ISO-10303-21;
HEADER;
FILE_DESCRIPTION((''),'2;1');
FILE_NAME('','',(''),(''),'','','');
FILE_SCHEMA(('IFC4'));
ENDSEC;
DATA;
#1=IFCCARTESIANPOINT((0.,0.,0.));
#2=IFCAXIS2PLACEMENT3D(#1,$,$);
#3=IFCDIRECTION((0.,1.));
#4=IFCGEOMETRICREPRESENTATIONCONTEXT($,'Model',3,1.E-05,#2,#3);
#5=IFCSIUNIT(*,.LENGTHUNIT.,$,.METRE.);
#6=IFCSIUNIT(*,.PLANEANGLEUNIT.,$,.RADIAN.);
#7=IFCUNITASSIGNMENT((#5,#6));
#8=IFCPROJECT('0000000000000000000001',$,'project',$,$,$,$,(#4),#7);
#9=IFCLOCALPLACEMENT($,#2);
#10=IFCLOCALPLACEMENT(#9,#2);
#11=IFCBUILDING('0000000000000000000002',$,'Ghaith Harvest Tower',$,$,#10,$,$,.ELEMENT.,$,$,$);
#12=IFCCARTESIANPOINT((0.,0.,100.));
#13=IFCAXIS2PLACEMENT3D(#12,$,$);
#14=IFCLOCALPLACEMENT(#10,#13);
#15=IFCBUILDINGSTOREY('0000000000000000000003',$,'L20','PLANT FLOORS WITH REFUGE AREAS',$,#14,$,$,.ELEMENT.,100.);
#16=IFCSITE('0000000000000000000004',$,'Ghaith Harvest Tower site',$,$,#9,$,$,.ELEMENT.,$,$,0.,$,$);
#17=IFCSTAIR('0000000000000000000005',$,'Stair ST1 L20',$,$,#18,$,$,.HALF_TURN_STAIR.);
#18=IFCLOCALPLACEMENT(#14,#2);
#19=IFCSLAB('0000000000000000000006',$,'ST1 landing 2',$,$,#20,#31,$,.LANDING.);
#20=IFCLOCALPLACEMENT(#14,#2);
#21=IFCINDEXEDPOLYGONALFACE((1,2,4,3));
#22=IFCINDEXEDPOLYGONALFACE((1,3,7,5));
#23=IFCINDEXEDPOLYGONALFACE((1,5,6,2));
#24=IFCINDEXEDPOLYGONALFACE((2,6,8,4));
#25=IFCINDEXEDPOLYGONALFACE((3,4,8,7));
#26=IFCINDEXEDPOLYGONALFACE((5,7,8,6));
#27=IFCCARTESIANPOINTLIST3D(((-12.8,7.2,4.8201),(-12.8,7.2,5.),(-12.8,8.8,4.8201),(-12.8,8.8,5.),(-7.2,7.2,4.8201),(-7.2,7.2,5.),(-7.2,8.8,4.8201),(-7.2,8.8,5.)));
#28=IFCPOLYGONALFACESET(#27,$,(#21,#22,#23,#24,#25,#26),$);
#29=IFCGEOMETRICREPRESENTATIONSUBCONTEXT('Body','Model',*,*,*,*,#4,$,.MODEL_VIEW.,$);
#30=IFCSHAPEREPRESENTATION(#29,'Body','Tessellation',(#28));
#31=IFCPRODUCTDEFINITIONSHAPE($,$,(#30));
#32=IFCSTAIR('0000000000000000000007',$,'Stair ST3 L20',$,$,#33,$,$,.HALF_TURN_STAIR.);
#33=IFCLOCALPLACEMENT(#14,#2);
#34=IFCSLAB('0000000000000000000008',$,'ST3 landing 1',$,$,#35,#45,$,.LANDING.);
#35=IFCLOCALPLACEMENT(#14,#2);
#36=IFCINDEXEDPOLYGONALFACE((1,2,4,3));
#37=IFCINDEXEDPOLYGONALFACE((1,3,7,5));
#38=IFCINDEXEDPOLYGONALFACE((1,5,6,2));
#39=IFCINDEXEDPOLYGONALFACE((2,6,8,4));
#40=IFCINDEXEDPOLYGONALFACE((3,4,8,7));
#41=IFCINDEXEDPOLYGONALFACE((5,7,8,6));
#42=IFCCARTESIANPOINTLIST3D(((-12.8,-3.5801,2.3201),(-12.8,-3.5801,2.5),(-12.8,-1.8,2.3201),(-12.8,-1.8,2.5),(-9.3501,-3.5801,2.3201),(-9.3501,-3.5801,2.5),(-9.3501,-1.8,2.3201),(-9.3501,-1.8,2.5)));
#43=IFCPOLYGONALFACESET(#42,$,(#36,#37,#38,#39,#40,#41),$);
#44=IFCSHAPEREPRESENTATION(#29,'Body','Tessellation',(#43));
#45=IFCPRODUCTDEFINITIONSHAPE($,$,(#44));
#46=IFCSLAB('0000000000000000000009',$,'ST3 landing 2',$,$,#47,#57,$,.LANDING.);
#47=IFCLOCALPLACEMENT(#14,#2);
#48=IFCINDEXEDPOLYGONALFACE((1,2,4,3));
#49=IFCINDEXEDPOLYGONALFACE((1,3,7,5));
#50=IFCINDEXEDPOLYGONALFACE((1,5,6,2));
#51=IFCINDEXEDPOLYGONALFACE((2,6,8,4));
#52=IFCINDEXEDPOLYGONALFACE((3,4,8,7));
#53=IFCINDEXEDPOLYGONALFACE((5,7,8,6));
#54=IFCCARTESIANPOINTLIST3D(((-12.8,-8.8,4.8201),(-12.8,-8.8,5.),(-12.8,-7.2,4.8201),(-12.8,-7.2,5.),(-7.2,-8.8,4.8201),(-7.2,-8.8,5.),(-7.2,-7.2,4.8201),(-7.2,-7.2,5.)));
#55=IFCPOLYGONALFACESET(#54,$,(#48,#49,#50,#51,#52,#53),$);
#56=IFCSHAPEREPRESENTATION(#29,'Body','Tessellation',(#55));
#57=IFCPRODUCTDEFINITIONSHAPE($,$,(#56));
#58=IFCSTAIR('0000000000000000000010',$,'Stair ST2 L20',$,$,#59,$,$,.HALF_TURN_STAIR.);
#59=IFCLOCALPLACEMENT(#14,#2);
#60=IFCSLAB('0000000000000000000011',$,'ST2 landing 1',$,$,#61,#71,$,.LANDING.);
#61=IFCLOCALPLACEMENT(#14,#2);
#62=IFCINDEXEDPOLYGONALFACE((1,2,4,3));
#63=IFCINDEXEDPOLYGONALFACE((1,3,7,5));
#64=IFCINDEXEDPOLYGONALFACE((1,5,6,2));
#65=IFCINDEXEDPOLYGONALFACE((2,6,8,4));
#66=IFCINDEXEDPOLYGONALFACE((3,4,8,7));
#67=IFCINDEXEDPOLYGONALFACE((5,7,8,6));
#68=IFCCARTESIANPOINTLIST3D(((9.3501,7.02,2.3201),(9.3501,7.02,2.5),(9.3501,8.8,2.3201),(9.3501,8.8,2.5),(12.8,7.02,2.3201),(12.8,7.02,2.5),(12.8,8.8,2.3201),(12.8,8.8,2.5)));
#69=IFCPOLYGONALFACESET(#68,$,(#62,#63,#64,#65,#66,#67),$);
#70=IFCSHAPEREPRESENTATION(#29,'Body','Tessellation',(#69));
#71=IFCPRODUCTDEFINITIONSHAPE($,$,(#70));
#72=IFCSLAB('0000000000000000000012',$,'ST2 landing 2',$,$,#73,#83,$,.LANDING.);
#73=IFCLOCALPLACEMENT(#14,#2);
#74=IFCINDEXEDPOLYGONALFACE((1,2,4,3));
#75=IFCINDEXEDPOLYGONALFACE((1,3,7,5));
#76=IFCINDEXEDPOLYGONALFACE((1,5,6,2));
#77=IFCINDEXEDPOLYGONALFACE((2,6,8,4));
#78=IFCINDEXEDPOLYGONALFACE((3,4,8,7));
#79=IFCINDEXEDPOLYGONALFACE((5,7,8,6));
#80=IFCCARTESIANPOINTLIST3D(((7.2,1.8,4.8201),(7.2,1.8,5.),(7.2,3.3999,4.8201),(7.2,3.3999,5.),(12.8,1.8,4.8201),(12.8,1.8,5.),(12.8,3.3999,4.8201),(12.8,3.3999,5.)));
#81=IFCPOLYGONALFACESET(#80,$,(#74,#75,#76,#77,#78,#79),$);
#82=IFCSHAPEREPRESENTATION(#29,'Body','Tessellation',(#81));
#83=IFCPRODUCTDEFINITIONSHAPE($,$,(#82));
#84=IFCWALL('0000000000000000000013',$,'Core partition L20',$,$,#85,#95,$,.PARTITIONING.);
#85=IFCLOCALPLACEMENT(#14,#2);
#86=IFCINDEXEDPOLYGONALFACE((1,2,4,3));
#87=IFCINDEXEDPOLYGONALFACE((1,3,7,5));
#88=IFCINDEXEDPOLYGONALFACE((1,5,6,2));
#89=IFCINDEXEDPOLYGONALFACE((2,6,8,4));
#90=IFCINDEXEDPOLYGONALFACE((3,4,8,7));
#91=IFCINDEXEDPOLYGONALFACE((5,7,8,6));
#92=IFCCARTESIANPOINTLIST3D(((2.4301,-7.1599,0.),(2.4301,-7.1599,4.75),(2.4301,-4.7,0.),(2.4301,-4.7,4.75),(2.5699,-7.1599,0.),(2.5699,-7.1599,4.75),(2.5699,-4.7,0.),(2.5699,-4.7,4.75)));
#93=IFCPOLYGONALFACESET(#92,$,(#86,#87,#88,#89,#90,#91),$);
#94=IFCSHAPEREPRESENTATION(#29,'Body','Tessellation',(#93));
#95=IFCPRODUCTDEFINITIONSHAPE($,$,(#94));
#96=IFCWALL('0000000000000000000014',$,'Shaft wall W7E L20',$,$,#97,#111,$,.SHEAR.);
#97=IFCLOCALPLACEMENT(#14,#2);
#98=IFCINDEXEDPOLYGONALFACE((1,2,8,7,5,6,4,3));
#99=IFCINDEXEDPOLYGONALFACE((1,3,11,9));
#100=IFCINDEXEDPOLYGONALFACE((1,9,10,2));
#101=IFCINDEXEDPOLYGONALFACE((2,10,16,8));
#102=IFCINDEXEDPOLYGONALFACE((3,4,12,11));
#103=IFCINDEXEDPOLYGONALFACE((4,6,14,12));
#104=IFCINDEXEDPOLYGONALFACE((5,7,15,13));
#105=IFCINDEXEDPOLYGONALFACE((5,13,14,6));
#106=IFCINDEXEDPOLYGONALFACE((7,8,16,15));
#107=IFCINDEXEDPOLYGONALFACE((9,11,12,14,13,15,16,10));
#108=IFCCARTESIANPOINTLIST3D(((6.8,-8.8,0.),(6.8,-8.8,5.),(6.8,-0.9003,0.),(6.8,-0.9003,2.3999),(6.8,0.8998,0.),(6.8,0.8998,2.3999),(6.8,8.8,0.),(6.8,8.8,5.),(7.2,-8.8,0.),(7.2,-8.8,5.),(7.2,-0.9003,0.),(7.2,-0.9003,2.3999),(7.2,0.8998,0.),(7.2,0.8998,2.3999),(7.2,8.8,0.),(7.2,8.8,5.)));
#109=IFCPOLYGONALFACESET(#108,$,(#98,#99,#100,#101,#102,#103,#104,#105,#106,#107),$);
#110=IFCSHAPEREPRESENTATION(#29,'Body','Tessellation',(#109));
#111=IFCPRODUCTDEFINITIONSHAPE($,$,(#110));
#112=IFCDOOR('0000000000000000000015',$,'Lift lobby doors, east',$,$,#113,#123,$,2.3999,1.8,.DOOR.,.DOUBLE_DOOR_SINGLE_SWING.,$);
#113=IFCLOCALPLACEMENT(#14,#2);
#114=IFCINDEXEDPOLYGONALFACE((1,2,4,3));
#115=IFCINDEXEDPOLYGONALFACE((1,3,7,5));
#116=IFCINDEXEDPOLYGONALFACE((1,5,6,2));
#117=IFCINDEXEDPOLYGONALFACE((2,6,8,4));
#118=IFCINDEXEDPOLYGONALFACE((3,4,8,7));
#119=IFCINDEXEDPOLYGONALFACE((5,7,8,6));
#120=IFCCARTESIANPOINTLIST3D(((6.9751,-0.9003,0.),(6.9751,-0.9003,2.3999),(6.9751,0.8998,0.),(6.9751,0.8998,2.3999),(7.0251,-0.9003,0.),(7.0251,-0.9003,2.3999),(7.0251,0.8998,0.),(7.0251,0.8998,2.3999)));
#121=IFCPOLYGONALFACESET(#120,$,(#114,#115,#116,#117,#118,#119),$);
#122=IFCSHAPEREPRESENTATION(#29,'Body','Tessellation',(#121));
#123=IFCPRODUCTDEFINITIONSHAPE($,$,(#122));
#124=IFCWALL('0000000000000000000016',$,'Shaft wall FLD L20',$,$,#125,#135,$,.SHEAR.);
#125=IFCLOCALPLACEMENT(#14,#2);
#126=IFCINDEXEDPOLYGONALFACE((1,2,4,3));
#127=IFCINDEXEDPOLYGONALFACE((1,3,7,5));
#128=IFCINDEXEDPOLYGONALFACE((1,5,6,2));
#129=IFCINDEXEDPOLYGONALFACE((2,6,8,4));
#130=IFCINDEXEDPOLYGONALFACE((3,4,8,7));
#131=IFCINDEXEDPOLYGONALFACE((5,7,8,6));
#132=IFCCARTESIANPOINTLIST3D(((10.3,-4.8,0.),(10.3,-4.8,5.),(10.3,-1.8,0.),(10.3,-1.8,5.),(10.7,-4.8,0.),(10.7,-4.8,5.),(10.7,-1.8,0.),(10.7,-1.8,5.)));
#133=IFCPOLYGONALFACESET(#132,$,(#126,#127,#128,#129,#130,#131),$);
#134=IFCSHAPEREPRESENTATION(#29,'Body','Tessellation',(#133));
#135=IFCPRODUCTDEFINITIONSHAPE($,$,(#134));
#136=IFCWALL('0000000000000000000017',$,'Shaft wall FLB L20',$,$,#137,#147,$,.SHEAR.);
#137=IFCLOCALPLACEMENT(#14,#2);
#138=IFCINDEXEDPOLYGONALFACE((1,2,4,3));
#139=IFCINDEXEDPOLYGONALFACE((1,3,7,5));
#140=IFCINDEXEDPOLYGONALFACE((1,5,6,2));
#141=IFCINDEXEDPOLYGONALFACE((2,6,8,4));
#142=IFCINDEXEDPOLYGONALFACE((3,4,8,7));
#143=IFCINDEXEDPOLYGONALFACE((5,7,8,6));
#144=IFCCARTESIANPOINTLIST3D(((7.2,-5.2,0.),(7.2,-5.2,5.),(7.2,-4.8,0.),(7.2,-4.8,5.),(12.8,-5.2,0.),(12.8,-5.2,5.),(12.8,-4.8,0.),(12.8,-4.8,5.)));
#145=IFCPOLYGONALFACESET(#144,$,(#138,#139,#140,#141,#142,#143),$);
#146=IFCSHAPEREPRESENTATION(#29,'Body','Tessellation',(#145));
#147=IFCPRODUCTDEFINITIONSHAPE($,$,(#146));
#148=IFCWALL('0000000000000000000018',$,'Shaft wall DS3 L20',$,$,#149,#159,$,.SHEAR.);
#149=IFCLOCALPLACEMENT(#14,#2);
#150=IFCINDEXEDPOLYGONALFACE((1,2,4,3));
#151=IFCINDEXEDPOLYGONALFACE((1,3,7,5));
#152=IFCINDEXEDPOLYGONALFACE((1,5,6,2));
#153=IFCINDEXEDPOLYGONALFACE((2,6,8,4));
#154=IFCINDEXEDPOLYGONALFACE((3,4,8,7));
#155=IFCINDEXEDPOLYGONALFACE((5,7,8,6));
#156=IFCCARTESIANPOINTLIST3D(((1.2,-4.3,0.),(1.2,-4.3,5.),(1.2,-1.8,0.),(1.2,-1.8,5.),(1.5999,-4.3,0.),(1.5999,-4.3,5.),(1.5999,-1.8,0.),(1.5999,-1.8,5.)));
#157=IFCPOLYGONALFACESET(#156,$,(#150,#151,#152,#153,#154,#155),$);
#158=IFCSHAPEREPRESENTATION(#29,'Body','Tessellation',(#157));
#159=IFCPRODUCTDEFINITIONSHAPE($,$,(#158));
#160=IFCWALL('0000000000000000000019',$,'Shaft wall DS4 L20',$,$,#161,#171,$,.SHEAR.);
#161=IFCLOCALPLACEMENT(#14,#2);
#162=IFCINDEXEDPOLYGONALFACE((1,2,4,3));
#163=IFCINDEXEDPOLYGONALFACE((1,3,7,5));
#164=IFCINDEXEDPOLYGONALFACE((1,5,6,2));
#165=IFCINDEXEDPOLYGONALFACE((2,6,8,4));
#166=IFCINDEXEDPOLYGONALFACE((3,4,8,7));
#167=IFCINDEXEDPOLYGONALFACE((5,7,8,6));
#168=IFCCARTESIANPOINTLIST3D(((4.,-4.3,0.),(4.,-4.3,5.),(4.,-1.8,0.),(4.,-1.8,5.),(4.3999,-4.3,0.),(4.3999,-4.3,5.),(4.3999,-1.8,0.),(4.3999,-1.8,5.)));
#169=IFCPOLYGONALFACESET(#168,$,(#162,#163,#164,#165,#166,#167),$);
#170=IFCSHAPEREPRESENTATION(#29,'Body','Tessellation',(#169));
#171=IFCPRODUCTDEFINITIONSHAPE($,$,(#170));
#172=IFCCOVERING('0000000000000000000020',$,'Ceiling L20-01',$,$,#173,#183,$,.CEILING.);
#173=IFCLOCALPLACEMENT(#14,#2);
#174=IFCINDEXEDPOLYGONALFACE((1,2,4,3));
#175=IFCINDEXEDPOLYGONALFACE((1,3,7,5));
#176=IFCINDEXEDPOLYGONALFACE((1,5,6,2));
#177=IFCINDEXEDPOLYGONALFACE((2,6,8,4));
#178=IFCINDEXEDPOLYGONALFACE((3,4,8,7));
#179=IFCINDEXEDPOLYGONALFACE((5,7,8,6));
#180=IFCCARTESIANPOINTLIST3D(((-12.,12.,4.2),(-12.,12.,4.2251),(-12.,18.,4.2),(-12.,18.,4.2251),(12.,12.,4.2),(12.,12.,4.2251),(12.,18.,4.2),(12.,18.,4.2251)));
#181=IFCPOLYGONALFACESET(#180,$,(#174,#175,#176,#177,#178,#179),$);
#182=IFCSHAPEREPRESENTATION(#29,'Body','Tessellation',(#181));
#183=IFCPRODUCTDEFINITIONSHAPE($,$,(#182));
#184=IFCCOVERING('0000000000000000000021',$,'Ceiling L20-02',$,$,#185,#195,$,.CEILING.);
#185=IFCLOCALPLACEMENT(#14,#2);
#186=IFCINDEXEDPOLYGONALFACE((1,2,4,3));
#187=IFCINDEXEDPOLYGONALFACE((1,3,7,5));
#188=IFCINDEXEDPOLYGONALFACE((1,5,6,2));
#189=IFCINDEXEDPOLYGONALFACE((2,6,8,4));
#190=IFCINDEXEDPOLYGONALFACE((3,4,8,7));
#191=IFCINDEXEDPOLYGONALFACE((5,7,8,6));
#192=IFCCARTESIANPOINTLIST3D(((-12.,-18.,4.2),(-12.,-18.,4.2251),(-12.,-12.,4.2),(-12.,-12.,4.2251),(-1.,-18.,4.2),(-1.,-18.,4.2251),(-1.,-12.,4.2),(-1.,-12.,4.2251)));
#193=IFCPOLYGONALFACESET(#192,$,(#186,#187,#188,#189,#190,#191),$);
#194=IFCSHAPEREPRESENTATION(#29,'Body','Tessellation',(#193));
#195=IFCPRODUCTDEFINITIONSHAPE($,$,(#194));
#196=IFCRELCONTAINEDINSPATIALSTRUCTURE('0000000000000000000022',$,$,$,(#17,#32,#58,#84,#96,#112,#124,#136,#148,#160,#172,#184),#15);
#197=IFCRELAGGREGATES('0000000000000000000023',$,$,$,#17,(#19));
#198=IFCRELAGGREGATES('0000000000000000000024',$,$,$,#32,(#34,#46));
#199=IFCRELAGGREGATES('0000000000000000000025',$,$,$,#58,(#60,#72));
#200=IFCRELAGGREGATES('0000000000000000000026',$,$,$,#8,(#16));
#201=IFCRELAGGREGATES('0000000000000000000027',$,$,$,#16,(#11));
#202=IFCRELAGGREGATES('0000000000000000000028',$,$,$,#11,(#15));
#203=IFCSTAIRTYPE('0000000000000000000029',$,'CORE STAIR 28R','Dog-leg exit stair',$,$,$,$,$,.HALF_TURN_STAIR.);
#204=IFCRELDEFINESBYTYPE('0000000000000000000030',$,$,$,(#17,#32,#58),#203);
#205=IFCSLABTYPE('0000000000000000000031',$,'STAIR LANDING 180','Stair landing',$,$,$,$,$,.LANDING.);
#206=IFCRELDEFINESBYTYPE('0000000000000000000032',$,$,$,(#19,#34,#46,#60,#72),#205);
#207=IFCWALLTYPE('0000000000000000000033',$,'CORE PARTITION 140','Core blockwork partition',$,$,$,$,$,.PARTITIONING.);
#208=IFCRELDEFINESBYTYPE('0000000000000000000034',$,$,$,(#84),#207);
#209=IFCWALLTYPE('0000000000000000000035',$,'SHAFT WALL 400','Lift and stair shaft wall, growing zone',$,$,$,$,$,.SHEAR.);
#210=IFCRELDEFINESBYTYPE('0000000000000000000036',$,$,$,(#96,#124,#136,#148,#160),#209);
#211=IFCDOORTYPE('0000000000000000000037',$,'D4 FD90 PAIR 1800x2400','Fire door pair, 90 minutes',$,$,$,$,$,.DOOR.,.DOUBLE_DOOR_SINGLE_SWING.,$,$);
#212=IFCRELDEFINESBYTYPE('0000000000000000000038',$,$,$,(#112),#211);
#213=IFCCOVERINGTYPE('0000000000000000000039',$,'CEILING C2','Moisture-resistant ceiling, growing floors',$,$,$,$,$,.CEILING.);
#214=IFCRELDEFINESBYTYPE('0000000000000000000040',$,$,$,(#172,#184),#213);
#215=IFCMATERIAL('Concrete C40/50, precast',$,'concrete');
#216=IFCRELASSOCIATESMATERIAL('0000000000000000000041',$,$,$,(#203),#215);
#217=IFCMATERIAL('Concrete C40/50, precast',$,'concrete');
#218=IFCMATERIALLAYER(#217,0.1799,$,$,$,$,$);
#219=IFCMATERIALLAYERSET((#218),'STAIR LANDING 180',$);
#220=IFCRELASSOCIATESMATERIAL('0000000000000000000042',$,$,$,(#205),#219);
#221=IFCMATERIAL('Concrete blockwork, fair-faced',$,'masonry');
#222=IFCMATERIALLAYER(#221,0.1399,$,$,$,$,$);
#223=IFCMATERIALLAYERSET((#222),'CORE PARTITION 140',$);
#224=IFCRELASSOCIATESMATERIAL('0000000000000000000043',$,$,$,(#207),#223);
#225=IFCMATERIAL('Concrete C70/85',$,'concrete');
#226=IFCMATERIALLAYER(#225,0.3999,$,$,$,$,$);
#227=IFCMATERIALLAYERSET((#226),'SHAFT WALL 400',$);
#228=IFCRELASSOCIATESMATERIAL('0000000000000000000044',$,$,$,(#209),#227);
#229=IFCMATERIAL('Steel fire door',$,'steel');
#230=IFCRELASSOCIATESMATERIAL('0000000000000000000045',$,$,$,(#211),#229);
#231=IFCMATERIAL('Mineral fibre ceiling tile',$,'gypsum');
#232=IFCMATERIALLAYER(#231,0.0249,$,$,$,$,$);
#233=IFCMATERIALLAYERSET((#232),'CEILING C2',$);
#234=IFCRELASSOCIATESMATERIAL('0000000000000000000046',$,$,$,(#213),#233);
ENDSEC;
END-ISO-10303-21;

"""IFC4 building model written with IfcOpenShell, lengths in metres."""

from ifc_helpers import new_model, si_unit, direction, frame, frame_2d, origin, place, context, subcontext, project, spatial, polyline, rectangle, outline, extrude, material, layer, layer_set, type_object, element, fill, aggregate, save


model = new_model("IFC4")

# Units and contexts
model_context = context("Model", 3, precision=1e-05, world=origin(), true_north=direction((0.0, 1.0)))
body_context = subcontext(model_context, "Body", "Model", "MODEL_VIEW")
ifc_project = project(units=[si_unit("LENGTHUNIT", "METRE"), si_unit("PLANEANGLEUNIT", "RADIAN")], contexts=[model_context])

# Site, building, storey
site_placement = place(None, origin())
site = spatial("IfcSite", under=ifc_project, at=site_placement, Name="Ghaith Harvest Tower site", CompositionType="ELEMENT", RefElevation=0.0)
building_placement = place(site_placement, origin())
building = spatial("IfcBuilding", under=site, at=building_placement, Name="Ghaith Harvest Tower", CompositionType="ELEMENT")
storey_placement = place(building_placement, frame((0.0, 0.0, 100.0)))
storey = spatial("IfcBuildingStorey", under=building, at=storey_placement, Name="L20", Description="PLANT FLOORS WITH REFUGE AREAS", CompositionType="ELEMENT", Elevation=100.0)

# Stairs, slabs
ifc_material_1 = material(Name="Concrete C40/50, precast", Category="concrete")
stair_type = type_object("IfcStairType", Name="CORE STAIR 28R", Description="Dog-leg exit stair", PredefinedType="HALF_TURN_STAIR", material=ifc_material_1)
stair_1_placement = place(storey_placement, origin())
stair_1 = element("IfcStair", 1, at=stair_1_placement, inside=storey, type_object=stair_type, Name="Stair ST1 L20", PredefinedType="HALF_TURN_STAIR")
ifc_material_2 = material(Name="Concrete C40/50, precast", Category="concrete")
ifc_layer_1 = layer(ifc_material_2, 0.1799)
ifc_layer_set_1 = layer_set([ifc_layer_1], Name="STAIR LANDING 180")
slab_type_1 = type_object("IfcSlabType", Name="STAIR LANDING 180", Description="Stair landing", PredefinedType="LANDING", material=ifc_layer_set_1)
slab_1_placement = place(storey_placement, frame((0.0, 0.0, 4.8201)))
slab_1 = element("IfcSlab", 2, at=slab_1_placement, type_object=slab_type_1, Name="ST1 landing 2", PredefinedType="LANDING", context=body_context, shape_type="SweptSolid", body=[
    extrude(outline(polyline([(-12.8, 8.8), (-12.8, 7.2), (-7.2, 7.2), (-7.2, 8.8), (-12.8, 8.8)])), origin(), (0.0, 0.0, 1.0), 0.1799),
])
aggregate(stair_1, [slab_1])
stair_2_placement = place(storey_placement, origin())
stair_2 = element("IfcStair", 3, at=stair_2_placement, inside=storey, type_object=stair_type, Name="Stair ST3 L20", PredefinedType="HALF_TURN_STAIR")
slab_2_placement = place(storey_placement, frame((0.0, 0.0, 2.3201)))
slab_2 = element("IfcSlab", 4, at=slab_2_placement, type_object=slab_type_1, Name="ST3 landing 1", PredefinedType="LANDING", context=body_context, shape_type="SweptSolid", body=[
    extrude(outline(polyline([(-12.8, -3.5801), (-12.8, -1.8), (-9.3501, -1.8), (-9.3501, -3.5801), (-12.8, -3.5801)])), origin(), (0.0, 0.0, 1.0), 0.1799),
])
slab_3_placement = place(storey_placement, frame((0.0, 0.0, 4.8201)))
slab_3 = element("IfcSlab", 5, at=slab_3_placement, type_object=slab_type_1, Name="ST3 landing 2", PredefinedType="LANDING", context=body_context, shape_type="SweptSolid", body=[
    extrude(outline(polyline([(-12.8, -8.8), (-12.8, -7.2), (-7.2, -7.2), (-7.2, -8.8), (-12.8, -8.8)])), origin(), (0.0, 0.0, 1.0), 0.1799),
])
aggregate(stair_2, [slab_2, slab_3])
stair_3_placement = place(storey_placement, origin())
stair_3 = element("IfcStair", 6, at=stair_3_placement, inside=storey, type_object=stair_type, Name="Stair ST2 L20", PredefinedType="HALF_TURN_STAIR")
slab_4_placement = place(storey_placement, frame((0.0, 0.0, 2.3201)))
slab_4 = element("IfcSlab", 7, at=slab_4_placement, type_object=slab_type_1, Name="ST2 landing 1", PredefinedType="LANDING", context=body_context, shape_type="SweptSolid", body=[
    extrude(outline(polyline([(12.8, 7.02), (12.8, 8.8), (9.3501, 8.8), (9.3501, 7.02), (12.8, 7.02)])), origin(), (0.0, 0.0, 1.0), 0.1799),
])
slab_5_placement = place(storey_placement, frame((0.0, 0.0, 4.8201)))
slab_5 = element("IfcSlab", 8, at=slab_5_placement, type_object=slab_type_1, Name="ST2 landing 2", PredefinedType="LANDING", context=body_context, shape_type="SweptSolid", body=[
    extrude(outline(polyline([(12.8, 1.8), (12.8, 3.3999), (7.2, 3.3999), (7.2, 1.8), (12.8, 1.8)])), origin(), (0.0, 0.0, 1.0), 0.1799),
])
aggregate(stair_3, [slab_4, slab_5])

# Wall
ifc_material_3 = material(Name="Concrete blockwork, fair-faced", Category="masonry")
ifc_layer_2 = layer(ifc_material_3, 0.1399)
ifc_layer_set_2 = layer_set([ifc_layer_2], Name="CORE PARTITION 140")
wall_type_1 = type_object("IfcWallType", Name="CORE PARTITION 140", Description="Core blockwork partition", PredefinedType="PARTITIONING", material=ifc_layer_set_2)
wall_1_placement = place(storey_placement, frame((2.5, -4.7, 0.0), z_axis=(0.0, 0.0, 1.0), x_axis=(0.0, -1.0, 0.0)))
element("IfcWall", 9, at=wall_1_placement, inside=storey, type_object=wall_type_1, Name="Core partition L20", PredefinedType="PARTITIONING", context=body_context, shape_type="SweptSolid", body=[
    extrude(rectangle(XDim=2.46, YDim=0.1399, at=frame_2d((1.23, 0.0))), origin(), (0.0, 0.0, 1.0), 4.75),
])

# Wall, opening, door
ifc_material_4 = material(Name="Concrete C70/85", Category="concrete")
ifc_layer_3 = layer(ifc_material_4, 0.3999)
ifc_layer_set_3 = layer_set([ifc_layer_3], Name="SHAFT WALL 400")
wall_type_2 = type_object("IfcWallType", Name="SHAFT WALL 400", Description="Lift and stair shaft wall, growing zone", PredefinedType="SHEAR", material=ifc_layer_set_3)
wall_2_placement = place(storey_placement, frame((7.0, -8.8, 0.0), z_axis=(0.0, 0.0, 1.0), x_axis=(0.0, 1.0, 0.0)))
wall_2 = element("IfcWall", 10, at=wall_2_placement, inside=storey, type_object=wall_type_2, Name="Shaft wall W7E L20", PredefinedType="SHEAR", context=body_context, shape_type="SweptSolid", body=[
    extrude(rectangle(XDim=17.6001, YDim=0.3999, at=frame_2d((8.8, 0.0))), origin(), (0.0, 0.0, 1.0), 5.0),
])
opening_1_placement = place(wall_2_placement, frame((7.8999, 0.0, 0.0)))
opening_1 = element("IfcOpeningElement", 11, at=opening_1_placement, cuts=wall_2, PredefinedType="OPENING", context=body_context, shape_type="SweptSolid", body=[
    extrude(rectangle(XDim=1.8, YDim=2.3999, at=frame_2d((0.8999, 1.2))), frame((0.0, 0.21, 0.0), z_axis=(0.0, -1.0, 0.0), x_axis=(1.0, 0.0, 0.0)), (0.0, 0.0, 1.0), 0.4199),
])
ifc_material_5 = material(Name="Steel fire door", Category="steel")
door_type_1 = type_object("IfcDoorType", Name="D4 FD90 PAIR 1800x2400", Description="Fire door pair, 90 minutes", OperationType="DOUBLE_DOOR_SINGLE_SWING", PredefinedType="DOOR", material=ifc_material_5)
door_1_placement = place(opening_1_placement, origin())
door_1 = element("IfcDoor", 12, at=door_1_placement, inside=storey, type_object=door_type_1, Name="Lift lobby doors, east", OperationType="DOUBLE_DOOR_SINGLE_SWING", OverallHeight=2.3999, OverallWidth=1.8, PredefinedType="DOOR", context=body_context, shape_type="SweptSolid", body=[
    extrude(rectangle(XDim=1.8, YDim=2.3999, at=frame_2d((0.8999, 1.2))), frame((0.0, 0.0249, 0.0), z_axis=(0.0, -1.0, 0.0), x_axis=(1.0, 0.0, 0.0)), (0.0, 0.0, 1.0), 0.05),
])
fill(opening_1, door_1)

# Walls
wall_3_placement = place(storey_placement, frame((10.5, -4.8, 0.0), z_axis=(0.0, 0.0, 1.0), x_axis=(0.0, 1.0, 0.0)))
element("IfcWall", 13, at=wall_3_placement, inside=storey, type_object=wall_type_2, Name="Shaft wall FLD L20", PredefinedType="SHEAR", context=body_context, shape_type="SweptSolid", body=[
    extrude(rectangle(XDim=3.0, YDim=0.3999, at=frame_2d((1.5, 0.0))), origin(), (0.0, 0.0, 1.0), 5.0),
])
wall_4_placement = place(storey_placement, frame((7.2, -5.0, 0.0), z_axis=(0.0, 0.0, 1.0), x_axis=(1.0, 0.0, 0.0)))
element("IfcWall", 14, at=wall_4_placement, inside=storey, type_object=wall_type_2, Name="Shaft wall FLB L20", PredefinedType="SHEAR", context=body_context, shape_type="SweptSolid", body=[
    extrude(rectangle(XDim=5.6001, YDim=0.3999, at=frame_2d((2.8, 0.0))), origin(), (0.0, 0.0, 1.0), 5.0),
])
for number, where, z_axis, x_axis, name in (
    (15, (1.3999, -4.3, 0.0), (0.0, 0.0, 1.0), (0.0, 1.0, 0.0), "Shaft wall DS3 L20"),
    (16, (4.2, -4.3, 0.0), (0.0, 0.0, 1.0), (0.0, 1.0, 0.0), "Shaft wall DS4 L20"),
):
    element("IfcWall", number, at=place(storey_placement, frame(where, z_axis=z_axis, x_axis=x_axis)), inside=storey, type_object=wall_type_2, Name=name, PredefinedType="SHEAR", context=body_context, shape_type="SweptSolid", body=[
        extrude(rectangle(XDim=2.5, YDim=0.3999, at=frame_2d((1.25, 0.0))), origin(), (0.0, 0.0, 1.0), 5.0),
    ])

# Coverings
ifc_material_6 = material(Name="Mineral fibre ceiling tile", Category="gypsum")
ifc_layer_4 = layer(ifc_material_6, 0.0249)
ifc_layer_set_4 = layer_set([ifc_layer_4], Name="CEILING C2")
covering_type = type_object("IfcCoveringType", Name="CEILING C2", Description="Moisture-resistant ceiling, growing floors", PredefinedType="CEILING", material=ifc_layer_set_4)
covering_1_placement = place(storey_placement, frame((0.0, 0.0, 4.2)))
element("IfcCovering", 17, at=covering_1_placement, inside=storey, type_object=covering_type, Name="Ceiling L20-01", PredefinedType="CEILING", context=body_context, shape_type="SweptSolid", body=[
    extrude(outline(polyline([(-12.0, 12.0), (12.0, 12.0), (12.0, 18.0), (-12.0, 18.0), (-12.0, 12.0)])), origin(), (0.0, 0.0, 1.0), 0.0251),
])
covering_2_placement = place(storey_placement, frame((0.0, 0.0, 4.2)))
element("IfcCovering", 18, at=covering_2_placement, inside=storey, type_object=covering_type, Name="Ceiling L20-02", PredefinedType="CEILING", context=body_context, shape_type="SweptSolid", body=[
    extrude(outline(polyline([(-12.0, -18.0), (-1.0, -18.0), (-1.0, -12.0), (-12.0, -12.0), (-12.0, -18.0)])), origin(), (0.0, 0.0, 1.0), 0.0251),
])

save(model, "model.ifc")
